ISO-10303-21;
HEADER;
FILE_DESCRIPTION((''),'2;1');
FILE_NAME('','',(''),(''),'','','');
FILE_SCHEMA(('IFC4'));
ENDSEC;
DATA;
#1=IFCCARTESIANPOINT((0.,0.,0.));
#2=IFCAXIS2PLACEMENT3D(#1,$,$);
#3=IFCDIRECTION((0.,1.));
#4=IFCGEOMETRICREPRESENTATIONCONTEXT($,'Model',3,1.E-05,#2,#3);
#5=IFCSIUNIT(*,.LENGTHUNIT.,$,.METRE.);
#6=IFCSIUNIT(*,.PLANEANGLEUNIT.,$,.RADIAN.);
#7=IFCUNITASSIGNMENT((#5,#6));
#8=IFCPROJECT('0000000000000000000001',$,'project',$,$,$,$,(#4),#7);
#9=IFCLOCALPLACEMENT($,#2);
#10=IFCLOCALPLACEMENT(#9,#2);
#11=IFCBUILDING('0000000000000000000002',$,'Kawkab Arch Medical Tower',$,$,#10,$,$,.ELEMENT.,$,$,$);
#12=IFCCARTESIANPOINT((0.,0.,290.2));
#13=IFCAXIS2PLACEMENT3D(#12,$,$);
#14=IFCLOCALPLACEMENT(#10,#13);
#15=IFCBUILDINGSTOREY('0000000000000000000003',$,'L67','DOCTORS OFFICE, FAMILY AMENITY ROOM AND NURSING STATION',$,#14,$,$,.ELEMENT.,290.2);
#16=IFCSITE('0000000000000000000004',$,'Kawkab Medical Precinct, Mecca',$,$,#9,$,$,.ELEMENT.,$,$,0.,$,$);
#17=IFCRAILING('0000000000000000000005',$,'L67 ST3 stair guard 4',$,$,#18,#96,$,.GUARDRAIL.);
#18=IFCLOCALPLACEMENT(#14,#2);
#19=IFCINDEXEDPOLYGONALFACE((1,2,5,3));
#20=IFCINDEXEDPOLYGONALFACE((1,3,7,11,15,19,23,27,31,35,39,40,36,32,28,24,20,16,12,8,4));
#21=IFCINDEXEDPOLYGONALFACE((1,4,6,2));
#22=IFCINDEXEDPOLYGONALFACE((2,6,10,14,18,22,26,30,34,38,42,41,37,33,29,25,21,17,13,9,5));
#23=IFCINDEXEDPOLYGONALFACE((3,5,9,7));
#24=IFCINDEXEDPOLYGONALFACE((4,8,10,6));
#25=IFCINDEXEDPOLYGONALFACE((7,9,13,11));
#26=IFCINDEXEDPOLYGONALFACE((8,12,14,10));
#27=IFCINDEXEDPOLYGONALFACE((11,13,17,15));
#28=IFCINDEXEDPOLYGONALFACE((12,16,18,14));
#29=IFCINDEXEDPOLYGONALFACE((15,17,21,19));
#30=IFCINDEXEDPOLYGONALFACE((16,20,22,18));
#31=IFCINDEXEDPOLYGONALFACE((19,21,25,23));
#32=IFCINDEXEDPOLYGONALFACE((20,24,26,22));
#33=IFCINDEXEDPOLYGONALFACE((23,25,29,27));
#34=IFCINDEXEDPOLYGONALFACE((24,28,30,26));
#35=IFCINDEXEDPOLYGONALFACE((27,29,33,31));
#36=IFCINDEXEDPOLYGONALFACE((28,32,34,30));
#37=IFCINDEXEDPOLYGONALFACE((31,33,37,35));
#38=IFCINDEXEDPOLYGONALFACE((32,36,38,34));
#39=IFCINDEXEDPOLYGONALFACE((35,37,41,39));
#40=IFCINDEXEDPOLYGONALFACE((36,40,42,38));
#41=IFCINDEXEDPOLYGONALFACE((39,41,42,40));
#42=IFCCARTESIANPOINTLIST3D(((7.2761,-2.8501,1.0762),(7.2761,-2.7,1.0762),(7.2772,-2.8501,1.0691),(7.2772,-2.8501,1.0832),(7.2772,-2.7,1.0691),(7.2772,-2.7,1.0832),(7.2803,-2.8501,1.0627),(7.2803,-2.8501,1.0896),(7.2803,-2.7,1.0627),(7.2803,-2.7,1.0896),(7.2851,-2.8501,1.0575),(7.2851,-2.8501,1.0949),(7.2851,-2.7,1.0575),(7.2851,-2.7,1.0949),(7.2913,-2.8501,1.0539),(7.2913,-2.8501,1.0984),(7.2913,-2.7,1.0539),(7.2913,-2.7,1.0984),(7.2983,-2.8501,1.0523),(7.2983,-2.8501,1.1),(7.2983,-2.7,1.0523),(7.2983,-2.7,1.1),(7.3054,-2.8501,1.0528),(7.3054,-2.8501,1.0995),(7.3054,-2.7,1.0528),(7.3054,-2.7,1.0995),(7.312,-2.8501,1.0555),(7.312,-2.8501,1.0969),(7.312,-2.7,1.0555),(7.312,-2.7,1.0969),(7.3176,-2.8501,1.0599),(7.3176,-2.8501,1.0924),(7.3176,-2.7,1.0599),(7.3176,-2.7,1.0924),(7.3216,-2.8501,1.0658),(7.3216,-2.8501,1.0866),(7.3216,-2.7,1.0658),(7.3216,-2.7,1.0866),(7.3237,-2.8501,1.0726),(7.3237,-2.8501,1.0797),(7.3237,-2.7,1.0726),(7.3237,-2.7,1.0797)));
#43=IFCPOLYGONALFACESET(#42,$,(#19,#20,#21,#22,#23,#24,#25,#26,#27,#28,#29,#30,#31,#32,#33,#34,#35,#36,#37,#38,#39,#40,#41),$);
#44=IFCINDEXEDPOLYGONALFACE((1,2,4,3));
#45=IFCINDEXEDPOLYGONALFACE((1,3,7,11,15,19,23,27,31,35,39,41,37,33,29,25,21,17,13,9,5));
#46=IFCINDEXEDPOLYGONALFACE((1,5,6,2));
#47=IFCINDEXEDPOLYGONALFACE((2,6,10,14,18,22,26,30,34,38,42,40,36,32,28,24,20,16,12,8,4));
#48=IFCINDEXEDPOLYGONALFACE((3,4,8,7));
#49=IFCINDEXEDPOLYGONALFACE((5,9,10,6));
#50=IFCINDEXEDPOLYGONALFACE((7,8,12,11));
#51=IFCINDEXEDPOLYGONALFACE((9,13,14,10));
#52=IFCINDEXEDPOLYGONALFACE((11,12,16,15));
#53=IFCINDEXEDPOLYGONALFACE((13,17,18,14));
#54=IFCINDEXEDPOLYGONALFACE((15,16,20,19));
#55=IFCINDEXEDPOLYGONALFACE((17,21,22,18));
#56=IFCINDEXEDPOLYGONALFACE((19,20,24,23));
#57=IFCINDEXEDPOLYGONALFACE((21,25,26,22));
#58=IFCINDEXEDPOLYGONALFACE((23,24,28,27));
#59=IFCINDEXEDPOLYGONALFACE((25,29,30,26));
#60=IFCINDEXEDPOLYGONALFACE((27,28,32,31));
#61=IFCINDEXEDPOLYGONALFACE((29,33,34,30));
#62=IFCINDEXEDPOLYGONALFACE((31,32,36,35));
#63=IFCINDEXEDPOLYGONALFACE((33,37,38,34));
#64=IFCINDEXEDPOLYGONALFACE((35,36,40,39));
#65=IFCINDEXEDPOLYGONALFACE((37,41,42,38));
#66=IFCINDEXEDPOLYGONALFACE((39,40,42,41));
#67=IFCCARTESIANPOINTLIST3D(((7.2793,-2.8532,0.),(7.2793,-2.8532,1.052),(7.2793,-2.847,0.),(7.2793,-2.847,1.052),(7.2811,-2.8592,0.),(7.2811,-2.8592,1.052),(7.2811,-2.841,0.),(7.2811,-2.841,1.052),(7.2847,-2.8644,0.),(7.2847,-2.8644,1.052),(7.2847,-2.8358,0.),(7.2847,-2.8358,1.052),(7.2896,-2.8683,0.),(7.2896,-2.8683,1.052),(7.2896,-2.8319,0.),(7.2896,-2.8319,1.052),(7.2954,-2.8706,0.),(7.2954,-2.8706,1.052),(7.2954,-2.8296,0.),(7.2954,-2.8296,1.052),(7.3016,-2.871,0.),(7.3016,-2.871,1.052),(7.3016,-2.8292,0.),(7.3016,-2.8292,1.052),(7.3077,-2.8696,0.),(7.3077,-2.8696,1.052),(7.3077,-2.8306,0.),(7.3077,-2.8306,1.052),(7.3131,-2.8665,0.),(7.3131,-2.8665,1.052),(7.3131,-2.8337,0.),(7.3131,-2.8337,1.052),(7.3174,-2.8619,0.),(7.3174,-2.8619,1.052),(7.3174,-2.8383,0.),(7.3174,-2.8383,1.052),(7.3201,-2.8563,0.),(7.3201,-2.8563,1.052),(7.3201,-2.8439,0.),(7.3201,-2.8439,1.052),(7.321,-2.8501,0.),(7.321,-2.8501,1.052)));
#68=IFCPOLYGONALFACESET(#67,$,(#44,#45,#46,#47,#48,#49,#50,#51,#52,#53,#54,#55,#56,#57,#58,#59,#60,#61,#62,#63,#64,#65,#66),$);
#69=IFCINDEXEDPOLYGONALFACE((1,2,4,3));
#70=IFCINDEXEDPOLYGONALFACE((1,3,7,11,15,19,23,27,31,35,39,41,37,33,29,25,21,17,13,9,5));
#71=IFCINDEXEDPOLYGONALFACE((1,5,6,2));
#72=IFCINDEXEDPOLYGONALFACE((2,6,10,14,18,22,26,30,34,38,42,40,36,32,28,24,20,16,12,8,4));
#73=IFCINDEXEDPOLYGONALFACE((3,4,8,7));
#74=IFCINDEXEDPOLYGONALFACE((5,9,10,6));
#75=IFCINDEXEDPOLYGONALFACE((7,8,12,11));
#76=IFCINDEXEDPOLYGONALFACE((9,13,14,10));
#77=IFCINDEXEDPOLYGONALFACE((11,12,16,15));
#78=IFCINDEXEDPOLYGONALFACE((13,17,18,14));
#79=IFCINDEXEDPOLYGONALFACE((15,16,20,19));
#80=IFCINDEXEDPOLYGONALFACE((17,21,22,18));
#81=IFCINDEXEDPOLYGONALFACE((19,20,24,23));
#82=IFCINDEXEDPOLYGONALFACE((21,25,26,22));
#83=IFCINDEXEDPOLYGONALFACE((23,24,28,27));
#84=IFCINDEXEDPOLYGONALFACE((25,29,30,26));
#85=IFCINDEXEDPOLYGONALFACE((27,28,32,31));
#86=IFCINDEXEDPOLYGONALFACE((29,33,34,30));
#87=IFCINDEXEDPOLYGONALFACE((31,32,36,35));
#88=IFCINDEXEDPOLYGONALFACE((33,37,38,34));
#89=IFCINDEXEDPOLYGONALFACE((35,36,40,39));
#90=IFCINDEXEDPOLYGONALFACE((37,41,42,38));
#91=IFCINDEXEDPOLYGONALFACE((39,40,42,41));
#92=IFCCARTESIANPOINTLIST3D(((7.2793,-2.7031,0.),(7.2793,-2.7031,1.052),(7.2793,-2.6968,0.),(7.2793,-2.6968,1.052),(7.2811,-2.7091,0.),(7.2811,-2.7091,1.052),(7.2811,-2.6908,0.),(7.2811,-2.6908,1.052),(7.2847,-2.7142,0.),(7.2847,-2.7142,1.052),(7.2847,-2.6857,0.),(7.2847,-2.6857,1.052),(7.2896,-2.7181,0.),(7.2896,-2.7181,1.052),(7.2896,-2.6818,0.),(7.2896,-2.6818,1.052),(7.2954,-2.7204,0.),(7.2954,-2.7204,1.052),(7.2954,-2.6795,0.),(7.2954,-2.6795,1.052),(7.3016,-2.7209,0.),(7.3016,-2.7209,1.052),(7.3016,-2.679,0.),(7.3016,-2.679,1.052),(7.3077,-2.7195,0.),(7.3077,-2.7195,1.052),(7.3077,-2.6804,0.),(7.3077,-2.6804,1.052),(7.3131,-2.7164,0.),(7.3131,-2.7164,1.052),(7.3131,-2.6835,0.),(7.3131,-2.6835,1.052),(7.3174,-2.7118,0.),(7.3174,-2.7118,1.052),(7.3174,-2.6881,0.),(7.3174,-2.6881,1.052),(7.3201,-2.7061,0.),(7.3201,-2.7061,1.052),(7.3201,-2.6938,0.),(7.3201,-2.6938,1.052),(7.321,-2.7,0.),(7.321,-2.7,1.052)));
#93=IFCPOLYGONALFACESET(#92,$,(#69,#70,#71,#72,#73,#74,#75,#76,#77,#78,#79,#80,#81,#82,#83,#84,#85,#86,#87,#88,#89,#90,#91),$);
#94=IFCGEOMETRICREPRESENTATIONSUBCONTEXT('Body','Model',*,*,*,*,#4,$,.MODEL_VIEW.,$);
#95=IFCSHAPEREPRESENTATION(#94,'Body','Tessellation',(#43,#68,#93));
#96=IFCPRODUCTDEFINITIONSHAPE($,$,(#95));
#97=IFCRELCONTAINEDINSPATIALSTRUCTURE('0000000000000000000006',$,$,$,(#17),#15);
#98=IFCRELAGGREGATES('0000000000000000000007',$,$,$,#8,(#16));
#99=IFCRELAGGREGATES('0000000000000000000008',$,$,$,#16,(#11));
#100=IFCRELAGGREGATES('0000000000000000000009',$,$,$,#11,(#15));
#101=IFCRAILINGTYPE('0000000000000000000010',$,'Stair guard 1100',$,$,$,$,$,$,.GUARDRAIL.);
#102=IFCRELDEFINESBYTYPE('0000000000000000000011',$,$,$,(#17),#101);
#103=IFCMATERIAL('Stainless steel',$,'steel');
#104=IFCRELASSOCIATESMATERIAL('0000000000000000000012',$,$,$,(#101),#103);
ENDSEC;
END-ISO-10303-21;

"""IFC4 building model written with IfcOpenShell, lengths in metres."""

from ifc_helpers import new_model, si_unit, direction, frame, origin, origin_2d, place, context, subcontext, project, spatial, circle, extrude, material, type_object, element, save


model = new_model("IFC4")

# Units and contexts
model_context = context("Model", 3, precision=1e-05, world=origin(), true_north=direction((0.0, 1.0)))
body_context = subcontext(model_context, "Body", "Model", "MODEL_VIEW")
ifc_project = project(units=[si_unit("LENGTHUNIT", "METRE"), si_unit("PLANEANGLEUNIT", "RADIAN")], contexts=[model_context])

# Site, building, storey
site_placement = place(None, origin())
site = spatial("IfcSite", under=ifc_project, at=site_placement, Name="Kawkab Medical Precinct, Mecca", CompositionType="ELEMENT", RefElevation=0.0)
building_placement = place(site_placement, origin())
building = spatial("IfcBuilding", under=site, at=building_placement, Name="Kawkab Arch Medical Tower", CompositionType="ELEMENT")
storey_placement = place(building_placement, frame((0.0, 0.0, 290.2)))
storey = spatial("IfcBuildingStorey", under=building, at=storey_placement, Name="L67", Description="DOCTORS OFFICE, FAMILY AMENITY ROOM AND NURSING STATION", CompositionType="ELEMENT", Elevation=290.2)

# Railing
ifc_material_1 = material(Name="Stainless steel", Category="steel")
railing_type = type_object("IfcRailingType", Name="Stair guard 1100", PredefinedType="GUARDRAIL", material=ifc_material_1)
railing_1_placement = place(storey_placement, frame((7.3, -2.8501, 0.0)))
element("IfcRailing", 1, at=railing_1_placement, inside=storey, type_object=railing_type, Name="L67 ST3 stair guard 4", PredefinedType="GUARDRAIL", context=body_context, shape_type="SweptSolid", body=[
    extrude(circle(Radius=0.0239, at=origin_2d()), frame((0.0, 0.0, 1.0762), z_axis=(0.0, 1.0, 0.0), x_axis=(-1.0, 0.0, 0.0)), (0.0, 0.0, 1.0), 0.1501),
    extrude(circle(Radius=0.021, at=origin_2d()), origin(), (0.0, 0.0, 1.0), 1.052),
    extrude(circle(Radius=0.021, at=origin_2d()), frame((0.0, 0.1501, 0.0)), (0.0, 0.0, 1.0), 1.052),
])

save(model, "model.ifc")
